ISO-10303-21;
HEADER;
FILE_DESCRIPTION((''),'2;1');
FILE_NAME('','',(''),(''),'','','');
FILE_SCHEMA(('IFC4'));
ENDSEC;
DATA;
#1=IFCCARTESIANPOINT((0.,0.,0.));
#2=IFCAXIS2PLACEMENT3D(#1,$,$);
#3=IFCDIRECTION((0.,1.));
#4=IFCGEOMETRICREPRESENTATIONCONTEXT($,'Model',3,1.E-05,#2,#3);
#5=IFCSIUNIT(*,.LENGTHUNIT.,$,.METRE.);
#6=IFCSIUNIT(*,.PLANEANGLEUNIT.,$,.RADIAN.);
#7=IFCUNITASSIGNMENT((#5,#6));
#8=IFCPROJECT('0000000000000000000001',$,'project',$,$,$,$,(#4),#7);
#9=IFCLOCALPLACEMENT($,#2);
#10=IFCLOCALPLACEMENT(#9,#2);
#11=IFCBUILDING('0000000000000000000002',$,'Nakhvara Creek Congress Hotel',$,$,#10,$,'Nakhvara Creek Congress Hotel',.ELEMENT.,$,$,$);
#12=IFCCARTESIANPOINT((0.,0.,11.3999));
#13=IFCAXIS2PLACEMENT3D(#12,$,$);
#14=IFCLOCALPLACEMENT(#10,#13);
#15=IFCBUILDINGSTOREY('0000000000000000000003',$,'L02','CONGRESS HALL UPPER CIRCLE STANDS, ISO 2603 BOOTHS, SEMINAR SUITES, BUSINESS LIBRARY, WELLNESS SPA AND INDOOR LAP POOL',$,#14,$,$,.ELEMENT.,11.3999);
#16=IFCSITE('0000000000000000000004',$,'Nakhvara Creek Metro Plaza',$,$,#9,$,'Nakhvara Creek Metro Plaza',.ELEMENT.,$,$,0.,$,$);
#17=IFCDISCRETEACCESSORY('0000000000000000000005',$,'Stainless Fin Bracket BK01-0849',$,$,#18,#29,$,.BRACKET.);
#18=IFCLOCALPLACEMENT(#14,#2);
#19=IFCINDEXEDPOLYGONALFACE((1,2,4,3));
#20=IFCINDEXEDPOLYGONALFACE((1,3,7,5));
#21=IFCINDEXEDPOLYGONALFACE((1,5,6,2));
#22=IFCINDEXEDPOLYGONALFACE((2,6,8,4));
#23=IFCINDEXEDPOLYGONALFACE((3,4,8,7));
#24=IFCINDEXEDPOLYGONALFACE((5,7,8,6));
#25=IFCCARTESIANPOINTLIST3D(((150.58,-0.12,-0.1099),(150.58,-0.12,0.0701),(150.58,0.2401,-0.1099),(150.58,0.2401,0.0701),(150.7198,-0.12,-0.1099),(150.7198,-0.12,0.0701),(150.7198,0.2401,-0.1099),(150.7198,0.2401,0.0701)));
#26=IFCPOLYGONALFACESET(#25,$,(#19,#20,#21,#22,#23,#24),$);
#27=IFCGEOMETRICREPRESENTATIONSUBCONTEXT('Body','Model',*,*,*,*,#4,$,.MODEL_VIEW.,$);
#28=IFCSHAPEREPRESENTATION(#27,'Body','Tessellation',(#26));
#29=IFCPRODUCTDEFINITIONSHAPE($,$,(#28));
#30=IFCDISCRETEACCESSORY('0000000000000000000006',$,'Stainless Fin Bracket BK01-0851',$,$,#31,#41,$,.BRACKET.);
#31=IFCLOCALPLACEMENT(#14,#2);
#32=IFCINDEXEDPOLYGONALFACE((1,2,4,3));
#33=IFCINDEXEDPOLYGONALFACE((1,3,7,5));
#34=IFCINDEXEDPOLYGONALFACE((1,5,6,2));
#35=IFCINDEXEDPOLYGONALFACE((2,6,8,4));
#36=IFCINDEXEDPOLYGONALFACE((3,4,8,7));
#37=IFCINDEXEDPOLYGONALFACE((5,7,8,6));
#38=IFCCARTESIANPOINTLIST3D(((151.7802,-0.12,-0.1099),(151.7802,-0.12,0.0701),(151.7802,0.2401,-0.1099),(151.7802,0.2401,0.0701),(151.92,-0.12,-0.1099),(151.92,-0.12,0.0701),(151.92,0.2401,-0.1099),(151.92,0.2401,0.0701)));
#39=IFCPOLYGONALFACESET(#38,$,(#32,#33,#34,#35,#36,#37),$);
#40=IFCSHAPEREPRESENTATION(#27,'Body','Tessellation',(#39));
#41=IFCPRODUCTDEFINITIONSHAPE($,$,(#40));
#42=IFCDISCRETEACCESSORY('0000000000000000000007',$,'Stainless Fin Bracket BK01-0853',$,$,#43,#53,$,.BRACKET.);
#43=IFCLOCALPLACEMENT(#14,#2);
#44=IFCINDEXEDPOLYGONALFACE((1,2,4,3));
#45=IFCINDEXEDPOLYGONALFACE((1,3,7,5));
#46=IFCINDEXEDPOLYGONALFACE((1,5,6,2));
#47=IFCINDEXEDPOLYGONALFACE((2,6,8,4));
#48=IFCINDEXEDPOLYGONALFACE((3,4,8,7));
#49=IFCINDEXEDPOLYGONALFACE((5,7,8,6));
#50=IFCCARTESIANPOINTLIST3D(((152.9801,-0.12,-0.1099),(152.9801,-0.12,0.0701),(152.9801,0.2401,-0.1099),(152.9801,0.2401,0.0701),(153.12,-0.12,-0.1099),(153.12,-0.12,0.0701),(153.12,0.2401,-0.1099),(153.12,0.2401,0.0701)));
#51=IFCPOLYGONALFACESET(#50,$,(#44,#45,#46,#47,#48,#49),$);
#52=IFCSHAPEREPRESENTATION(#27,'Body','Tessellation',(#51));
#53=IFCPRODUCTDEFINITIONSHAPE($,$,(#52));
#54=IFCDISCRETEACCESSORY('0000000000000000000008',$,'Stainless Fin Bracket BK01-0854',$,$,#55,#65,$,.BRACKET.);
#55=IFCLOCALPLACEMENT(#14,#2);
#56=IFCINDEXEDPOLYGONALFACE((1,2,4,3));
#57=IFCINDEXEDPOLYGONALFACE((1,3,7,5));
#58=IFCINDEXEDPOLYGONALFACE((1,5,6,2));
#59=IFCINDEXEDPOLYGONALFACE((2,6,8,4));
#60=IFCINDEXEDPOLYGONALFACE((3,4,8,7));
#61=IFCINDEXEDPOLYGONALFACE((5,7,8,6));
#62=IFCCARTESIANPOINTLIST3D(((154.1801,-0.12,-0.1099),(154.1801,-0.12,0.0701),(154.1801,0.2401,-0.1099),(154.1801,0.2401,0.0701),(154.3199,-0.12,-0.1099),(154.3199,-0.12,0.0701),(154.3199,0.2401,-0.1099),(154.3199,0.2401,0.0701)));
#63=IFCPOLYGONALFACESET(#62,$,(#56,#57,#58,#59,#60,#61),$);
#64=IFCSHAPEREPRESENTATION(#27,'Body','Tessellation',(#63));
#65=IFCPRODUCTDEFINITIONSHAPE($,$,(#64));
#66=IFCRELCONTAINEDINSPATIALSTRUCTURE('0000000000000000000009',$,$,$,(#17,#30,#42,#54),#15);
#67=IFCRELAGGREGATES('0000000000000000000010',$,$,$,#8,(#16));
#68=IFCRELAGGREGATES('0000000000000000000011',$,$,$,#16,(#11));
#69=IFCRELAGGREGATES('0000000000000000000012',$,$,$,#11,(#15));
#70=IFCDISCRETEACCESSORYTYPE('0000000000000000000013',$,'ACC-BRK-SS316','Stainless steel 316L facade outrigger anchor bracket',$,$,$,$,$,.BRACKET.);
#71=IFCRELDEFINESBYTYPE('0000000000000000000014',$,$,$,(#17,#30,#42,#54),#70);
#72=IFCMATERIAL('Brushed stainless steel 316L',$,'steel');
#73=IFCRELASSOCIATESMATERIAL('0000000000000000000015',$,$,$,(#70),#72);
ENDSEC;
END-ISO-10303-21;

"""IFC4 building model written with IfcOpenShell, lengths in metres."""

from ifc_helpers import new_model, si_unit, direction, frame, origin, origin_2d, place, context, subcontext, project, spatial, rectangle, extrude, material, type_object, element, save


model = new_model("IFC4")

# Units and contexts
model_context = context("Model", 3, precision=1e-05, world=origin(), true_north=direction((0.0, 1.0)))
body_context = subcontext(model_context, "Body", "Model", "MODEL_VIEW")
ifc_project = project(units=[si_unit("LENGTHUNIT", "METRE"), si_unit("PLANEANGLEUNIT", "RADIAN")], contexts=[model_context])

# Site, building, storey
site_placement = place(None, origin())
site = spatial("IfcSite", under=ifc_project, at=site_placement, Name="Nakhvara Creek Metro Plaza", LongName="Nakhvara Creek Metro Plaza", CompositionType="ELEMENT", RefElevation=0.0)
building_placement = place(site_placement, origin())
building = spatial("IfcBuilding", under=site, at=building_placement, Name="Nakhvara Creek Congress Hotel", LongName="Nakhvara Creek Congress Hotel", CompositionType="ELEMENT")
storey_placement = place(building_placement, frame((0.0, 0.0, 11.3999)))
storey = spatial("IfcBuildingStorey", under=building, at=storey_placement, Name="L02", Description="CONGRESS HALL UPPER CIRCLE STANDS, ISO 2603 BOOTHS, SEMINAR SUITES, BUSINESS LIBRARY, WELLNESS SPA AND INDOOR LAP POOL", CompositionType="ELEMENT", Elevation=11.3999)

# Discrete accessories
ifc_material_1 = material(Name="Brushed stainless steel 316L", Category="steel")
discrete_accessory_type = type_object("IfcDiscreteAccessoryType", Name="ACC-BRK-SS316", Description="Stainless steel 316L facade outrigger anchor bracket", PredefinedType="BRACKET", material=ifc_material_1)
for number, where, z_axis, x_axis, name in (
    (1, (150.6499, 0.0601, -0.1099), (0.0, 0.0, 1.0), (1.0, 0.0, 0.0), "Stainless Fin Bracket BK01-0849"),
    (2, (151.8501, 0.0601, -0.1099), (0.0, 0.0, 1.0), (1.0, 0.0, 0.0), "Stainless Fin Bracket BK01-0851"),
    (3, (153.05, 0.0601, -0.1099), (0.0, 0.0, 1.0), (1.0, 0.0, 0.0), "Stainless Fin Bracket BK01-0853"),
    (4, (154.25, 0.0601, -0.1099), (0.0, 0.0, 1.0), (1.0, 0.0, 0.0), "Stainless Fin Bracket BK01-0854"),
):
    element("IfcDiscreteAccessory", number, at=place(storey_placement, frame(where, z_axis=z_axis, x_axis=x_axis)), inside=storey, type_object=discrete_accessory_type, Name=name, PredefinedType="BRACKET", context=body_context, shape_type="SweptSolid", body=[
        extrude(rectangle(XDim=0.1399, YDim=0.3601, at=origin_2d()), origin(), (0.0, 0.0, 1.0), 0.1799),
    ])

save(model, "model.ifc")
